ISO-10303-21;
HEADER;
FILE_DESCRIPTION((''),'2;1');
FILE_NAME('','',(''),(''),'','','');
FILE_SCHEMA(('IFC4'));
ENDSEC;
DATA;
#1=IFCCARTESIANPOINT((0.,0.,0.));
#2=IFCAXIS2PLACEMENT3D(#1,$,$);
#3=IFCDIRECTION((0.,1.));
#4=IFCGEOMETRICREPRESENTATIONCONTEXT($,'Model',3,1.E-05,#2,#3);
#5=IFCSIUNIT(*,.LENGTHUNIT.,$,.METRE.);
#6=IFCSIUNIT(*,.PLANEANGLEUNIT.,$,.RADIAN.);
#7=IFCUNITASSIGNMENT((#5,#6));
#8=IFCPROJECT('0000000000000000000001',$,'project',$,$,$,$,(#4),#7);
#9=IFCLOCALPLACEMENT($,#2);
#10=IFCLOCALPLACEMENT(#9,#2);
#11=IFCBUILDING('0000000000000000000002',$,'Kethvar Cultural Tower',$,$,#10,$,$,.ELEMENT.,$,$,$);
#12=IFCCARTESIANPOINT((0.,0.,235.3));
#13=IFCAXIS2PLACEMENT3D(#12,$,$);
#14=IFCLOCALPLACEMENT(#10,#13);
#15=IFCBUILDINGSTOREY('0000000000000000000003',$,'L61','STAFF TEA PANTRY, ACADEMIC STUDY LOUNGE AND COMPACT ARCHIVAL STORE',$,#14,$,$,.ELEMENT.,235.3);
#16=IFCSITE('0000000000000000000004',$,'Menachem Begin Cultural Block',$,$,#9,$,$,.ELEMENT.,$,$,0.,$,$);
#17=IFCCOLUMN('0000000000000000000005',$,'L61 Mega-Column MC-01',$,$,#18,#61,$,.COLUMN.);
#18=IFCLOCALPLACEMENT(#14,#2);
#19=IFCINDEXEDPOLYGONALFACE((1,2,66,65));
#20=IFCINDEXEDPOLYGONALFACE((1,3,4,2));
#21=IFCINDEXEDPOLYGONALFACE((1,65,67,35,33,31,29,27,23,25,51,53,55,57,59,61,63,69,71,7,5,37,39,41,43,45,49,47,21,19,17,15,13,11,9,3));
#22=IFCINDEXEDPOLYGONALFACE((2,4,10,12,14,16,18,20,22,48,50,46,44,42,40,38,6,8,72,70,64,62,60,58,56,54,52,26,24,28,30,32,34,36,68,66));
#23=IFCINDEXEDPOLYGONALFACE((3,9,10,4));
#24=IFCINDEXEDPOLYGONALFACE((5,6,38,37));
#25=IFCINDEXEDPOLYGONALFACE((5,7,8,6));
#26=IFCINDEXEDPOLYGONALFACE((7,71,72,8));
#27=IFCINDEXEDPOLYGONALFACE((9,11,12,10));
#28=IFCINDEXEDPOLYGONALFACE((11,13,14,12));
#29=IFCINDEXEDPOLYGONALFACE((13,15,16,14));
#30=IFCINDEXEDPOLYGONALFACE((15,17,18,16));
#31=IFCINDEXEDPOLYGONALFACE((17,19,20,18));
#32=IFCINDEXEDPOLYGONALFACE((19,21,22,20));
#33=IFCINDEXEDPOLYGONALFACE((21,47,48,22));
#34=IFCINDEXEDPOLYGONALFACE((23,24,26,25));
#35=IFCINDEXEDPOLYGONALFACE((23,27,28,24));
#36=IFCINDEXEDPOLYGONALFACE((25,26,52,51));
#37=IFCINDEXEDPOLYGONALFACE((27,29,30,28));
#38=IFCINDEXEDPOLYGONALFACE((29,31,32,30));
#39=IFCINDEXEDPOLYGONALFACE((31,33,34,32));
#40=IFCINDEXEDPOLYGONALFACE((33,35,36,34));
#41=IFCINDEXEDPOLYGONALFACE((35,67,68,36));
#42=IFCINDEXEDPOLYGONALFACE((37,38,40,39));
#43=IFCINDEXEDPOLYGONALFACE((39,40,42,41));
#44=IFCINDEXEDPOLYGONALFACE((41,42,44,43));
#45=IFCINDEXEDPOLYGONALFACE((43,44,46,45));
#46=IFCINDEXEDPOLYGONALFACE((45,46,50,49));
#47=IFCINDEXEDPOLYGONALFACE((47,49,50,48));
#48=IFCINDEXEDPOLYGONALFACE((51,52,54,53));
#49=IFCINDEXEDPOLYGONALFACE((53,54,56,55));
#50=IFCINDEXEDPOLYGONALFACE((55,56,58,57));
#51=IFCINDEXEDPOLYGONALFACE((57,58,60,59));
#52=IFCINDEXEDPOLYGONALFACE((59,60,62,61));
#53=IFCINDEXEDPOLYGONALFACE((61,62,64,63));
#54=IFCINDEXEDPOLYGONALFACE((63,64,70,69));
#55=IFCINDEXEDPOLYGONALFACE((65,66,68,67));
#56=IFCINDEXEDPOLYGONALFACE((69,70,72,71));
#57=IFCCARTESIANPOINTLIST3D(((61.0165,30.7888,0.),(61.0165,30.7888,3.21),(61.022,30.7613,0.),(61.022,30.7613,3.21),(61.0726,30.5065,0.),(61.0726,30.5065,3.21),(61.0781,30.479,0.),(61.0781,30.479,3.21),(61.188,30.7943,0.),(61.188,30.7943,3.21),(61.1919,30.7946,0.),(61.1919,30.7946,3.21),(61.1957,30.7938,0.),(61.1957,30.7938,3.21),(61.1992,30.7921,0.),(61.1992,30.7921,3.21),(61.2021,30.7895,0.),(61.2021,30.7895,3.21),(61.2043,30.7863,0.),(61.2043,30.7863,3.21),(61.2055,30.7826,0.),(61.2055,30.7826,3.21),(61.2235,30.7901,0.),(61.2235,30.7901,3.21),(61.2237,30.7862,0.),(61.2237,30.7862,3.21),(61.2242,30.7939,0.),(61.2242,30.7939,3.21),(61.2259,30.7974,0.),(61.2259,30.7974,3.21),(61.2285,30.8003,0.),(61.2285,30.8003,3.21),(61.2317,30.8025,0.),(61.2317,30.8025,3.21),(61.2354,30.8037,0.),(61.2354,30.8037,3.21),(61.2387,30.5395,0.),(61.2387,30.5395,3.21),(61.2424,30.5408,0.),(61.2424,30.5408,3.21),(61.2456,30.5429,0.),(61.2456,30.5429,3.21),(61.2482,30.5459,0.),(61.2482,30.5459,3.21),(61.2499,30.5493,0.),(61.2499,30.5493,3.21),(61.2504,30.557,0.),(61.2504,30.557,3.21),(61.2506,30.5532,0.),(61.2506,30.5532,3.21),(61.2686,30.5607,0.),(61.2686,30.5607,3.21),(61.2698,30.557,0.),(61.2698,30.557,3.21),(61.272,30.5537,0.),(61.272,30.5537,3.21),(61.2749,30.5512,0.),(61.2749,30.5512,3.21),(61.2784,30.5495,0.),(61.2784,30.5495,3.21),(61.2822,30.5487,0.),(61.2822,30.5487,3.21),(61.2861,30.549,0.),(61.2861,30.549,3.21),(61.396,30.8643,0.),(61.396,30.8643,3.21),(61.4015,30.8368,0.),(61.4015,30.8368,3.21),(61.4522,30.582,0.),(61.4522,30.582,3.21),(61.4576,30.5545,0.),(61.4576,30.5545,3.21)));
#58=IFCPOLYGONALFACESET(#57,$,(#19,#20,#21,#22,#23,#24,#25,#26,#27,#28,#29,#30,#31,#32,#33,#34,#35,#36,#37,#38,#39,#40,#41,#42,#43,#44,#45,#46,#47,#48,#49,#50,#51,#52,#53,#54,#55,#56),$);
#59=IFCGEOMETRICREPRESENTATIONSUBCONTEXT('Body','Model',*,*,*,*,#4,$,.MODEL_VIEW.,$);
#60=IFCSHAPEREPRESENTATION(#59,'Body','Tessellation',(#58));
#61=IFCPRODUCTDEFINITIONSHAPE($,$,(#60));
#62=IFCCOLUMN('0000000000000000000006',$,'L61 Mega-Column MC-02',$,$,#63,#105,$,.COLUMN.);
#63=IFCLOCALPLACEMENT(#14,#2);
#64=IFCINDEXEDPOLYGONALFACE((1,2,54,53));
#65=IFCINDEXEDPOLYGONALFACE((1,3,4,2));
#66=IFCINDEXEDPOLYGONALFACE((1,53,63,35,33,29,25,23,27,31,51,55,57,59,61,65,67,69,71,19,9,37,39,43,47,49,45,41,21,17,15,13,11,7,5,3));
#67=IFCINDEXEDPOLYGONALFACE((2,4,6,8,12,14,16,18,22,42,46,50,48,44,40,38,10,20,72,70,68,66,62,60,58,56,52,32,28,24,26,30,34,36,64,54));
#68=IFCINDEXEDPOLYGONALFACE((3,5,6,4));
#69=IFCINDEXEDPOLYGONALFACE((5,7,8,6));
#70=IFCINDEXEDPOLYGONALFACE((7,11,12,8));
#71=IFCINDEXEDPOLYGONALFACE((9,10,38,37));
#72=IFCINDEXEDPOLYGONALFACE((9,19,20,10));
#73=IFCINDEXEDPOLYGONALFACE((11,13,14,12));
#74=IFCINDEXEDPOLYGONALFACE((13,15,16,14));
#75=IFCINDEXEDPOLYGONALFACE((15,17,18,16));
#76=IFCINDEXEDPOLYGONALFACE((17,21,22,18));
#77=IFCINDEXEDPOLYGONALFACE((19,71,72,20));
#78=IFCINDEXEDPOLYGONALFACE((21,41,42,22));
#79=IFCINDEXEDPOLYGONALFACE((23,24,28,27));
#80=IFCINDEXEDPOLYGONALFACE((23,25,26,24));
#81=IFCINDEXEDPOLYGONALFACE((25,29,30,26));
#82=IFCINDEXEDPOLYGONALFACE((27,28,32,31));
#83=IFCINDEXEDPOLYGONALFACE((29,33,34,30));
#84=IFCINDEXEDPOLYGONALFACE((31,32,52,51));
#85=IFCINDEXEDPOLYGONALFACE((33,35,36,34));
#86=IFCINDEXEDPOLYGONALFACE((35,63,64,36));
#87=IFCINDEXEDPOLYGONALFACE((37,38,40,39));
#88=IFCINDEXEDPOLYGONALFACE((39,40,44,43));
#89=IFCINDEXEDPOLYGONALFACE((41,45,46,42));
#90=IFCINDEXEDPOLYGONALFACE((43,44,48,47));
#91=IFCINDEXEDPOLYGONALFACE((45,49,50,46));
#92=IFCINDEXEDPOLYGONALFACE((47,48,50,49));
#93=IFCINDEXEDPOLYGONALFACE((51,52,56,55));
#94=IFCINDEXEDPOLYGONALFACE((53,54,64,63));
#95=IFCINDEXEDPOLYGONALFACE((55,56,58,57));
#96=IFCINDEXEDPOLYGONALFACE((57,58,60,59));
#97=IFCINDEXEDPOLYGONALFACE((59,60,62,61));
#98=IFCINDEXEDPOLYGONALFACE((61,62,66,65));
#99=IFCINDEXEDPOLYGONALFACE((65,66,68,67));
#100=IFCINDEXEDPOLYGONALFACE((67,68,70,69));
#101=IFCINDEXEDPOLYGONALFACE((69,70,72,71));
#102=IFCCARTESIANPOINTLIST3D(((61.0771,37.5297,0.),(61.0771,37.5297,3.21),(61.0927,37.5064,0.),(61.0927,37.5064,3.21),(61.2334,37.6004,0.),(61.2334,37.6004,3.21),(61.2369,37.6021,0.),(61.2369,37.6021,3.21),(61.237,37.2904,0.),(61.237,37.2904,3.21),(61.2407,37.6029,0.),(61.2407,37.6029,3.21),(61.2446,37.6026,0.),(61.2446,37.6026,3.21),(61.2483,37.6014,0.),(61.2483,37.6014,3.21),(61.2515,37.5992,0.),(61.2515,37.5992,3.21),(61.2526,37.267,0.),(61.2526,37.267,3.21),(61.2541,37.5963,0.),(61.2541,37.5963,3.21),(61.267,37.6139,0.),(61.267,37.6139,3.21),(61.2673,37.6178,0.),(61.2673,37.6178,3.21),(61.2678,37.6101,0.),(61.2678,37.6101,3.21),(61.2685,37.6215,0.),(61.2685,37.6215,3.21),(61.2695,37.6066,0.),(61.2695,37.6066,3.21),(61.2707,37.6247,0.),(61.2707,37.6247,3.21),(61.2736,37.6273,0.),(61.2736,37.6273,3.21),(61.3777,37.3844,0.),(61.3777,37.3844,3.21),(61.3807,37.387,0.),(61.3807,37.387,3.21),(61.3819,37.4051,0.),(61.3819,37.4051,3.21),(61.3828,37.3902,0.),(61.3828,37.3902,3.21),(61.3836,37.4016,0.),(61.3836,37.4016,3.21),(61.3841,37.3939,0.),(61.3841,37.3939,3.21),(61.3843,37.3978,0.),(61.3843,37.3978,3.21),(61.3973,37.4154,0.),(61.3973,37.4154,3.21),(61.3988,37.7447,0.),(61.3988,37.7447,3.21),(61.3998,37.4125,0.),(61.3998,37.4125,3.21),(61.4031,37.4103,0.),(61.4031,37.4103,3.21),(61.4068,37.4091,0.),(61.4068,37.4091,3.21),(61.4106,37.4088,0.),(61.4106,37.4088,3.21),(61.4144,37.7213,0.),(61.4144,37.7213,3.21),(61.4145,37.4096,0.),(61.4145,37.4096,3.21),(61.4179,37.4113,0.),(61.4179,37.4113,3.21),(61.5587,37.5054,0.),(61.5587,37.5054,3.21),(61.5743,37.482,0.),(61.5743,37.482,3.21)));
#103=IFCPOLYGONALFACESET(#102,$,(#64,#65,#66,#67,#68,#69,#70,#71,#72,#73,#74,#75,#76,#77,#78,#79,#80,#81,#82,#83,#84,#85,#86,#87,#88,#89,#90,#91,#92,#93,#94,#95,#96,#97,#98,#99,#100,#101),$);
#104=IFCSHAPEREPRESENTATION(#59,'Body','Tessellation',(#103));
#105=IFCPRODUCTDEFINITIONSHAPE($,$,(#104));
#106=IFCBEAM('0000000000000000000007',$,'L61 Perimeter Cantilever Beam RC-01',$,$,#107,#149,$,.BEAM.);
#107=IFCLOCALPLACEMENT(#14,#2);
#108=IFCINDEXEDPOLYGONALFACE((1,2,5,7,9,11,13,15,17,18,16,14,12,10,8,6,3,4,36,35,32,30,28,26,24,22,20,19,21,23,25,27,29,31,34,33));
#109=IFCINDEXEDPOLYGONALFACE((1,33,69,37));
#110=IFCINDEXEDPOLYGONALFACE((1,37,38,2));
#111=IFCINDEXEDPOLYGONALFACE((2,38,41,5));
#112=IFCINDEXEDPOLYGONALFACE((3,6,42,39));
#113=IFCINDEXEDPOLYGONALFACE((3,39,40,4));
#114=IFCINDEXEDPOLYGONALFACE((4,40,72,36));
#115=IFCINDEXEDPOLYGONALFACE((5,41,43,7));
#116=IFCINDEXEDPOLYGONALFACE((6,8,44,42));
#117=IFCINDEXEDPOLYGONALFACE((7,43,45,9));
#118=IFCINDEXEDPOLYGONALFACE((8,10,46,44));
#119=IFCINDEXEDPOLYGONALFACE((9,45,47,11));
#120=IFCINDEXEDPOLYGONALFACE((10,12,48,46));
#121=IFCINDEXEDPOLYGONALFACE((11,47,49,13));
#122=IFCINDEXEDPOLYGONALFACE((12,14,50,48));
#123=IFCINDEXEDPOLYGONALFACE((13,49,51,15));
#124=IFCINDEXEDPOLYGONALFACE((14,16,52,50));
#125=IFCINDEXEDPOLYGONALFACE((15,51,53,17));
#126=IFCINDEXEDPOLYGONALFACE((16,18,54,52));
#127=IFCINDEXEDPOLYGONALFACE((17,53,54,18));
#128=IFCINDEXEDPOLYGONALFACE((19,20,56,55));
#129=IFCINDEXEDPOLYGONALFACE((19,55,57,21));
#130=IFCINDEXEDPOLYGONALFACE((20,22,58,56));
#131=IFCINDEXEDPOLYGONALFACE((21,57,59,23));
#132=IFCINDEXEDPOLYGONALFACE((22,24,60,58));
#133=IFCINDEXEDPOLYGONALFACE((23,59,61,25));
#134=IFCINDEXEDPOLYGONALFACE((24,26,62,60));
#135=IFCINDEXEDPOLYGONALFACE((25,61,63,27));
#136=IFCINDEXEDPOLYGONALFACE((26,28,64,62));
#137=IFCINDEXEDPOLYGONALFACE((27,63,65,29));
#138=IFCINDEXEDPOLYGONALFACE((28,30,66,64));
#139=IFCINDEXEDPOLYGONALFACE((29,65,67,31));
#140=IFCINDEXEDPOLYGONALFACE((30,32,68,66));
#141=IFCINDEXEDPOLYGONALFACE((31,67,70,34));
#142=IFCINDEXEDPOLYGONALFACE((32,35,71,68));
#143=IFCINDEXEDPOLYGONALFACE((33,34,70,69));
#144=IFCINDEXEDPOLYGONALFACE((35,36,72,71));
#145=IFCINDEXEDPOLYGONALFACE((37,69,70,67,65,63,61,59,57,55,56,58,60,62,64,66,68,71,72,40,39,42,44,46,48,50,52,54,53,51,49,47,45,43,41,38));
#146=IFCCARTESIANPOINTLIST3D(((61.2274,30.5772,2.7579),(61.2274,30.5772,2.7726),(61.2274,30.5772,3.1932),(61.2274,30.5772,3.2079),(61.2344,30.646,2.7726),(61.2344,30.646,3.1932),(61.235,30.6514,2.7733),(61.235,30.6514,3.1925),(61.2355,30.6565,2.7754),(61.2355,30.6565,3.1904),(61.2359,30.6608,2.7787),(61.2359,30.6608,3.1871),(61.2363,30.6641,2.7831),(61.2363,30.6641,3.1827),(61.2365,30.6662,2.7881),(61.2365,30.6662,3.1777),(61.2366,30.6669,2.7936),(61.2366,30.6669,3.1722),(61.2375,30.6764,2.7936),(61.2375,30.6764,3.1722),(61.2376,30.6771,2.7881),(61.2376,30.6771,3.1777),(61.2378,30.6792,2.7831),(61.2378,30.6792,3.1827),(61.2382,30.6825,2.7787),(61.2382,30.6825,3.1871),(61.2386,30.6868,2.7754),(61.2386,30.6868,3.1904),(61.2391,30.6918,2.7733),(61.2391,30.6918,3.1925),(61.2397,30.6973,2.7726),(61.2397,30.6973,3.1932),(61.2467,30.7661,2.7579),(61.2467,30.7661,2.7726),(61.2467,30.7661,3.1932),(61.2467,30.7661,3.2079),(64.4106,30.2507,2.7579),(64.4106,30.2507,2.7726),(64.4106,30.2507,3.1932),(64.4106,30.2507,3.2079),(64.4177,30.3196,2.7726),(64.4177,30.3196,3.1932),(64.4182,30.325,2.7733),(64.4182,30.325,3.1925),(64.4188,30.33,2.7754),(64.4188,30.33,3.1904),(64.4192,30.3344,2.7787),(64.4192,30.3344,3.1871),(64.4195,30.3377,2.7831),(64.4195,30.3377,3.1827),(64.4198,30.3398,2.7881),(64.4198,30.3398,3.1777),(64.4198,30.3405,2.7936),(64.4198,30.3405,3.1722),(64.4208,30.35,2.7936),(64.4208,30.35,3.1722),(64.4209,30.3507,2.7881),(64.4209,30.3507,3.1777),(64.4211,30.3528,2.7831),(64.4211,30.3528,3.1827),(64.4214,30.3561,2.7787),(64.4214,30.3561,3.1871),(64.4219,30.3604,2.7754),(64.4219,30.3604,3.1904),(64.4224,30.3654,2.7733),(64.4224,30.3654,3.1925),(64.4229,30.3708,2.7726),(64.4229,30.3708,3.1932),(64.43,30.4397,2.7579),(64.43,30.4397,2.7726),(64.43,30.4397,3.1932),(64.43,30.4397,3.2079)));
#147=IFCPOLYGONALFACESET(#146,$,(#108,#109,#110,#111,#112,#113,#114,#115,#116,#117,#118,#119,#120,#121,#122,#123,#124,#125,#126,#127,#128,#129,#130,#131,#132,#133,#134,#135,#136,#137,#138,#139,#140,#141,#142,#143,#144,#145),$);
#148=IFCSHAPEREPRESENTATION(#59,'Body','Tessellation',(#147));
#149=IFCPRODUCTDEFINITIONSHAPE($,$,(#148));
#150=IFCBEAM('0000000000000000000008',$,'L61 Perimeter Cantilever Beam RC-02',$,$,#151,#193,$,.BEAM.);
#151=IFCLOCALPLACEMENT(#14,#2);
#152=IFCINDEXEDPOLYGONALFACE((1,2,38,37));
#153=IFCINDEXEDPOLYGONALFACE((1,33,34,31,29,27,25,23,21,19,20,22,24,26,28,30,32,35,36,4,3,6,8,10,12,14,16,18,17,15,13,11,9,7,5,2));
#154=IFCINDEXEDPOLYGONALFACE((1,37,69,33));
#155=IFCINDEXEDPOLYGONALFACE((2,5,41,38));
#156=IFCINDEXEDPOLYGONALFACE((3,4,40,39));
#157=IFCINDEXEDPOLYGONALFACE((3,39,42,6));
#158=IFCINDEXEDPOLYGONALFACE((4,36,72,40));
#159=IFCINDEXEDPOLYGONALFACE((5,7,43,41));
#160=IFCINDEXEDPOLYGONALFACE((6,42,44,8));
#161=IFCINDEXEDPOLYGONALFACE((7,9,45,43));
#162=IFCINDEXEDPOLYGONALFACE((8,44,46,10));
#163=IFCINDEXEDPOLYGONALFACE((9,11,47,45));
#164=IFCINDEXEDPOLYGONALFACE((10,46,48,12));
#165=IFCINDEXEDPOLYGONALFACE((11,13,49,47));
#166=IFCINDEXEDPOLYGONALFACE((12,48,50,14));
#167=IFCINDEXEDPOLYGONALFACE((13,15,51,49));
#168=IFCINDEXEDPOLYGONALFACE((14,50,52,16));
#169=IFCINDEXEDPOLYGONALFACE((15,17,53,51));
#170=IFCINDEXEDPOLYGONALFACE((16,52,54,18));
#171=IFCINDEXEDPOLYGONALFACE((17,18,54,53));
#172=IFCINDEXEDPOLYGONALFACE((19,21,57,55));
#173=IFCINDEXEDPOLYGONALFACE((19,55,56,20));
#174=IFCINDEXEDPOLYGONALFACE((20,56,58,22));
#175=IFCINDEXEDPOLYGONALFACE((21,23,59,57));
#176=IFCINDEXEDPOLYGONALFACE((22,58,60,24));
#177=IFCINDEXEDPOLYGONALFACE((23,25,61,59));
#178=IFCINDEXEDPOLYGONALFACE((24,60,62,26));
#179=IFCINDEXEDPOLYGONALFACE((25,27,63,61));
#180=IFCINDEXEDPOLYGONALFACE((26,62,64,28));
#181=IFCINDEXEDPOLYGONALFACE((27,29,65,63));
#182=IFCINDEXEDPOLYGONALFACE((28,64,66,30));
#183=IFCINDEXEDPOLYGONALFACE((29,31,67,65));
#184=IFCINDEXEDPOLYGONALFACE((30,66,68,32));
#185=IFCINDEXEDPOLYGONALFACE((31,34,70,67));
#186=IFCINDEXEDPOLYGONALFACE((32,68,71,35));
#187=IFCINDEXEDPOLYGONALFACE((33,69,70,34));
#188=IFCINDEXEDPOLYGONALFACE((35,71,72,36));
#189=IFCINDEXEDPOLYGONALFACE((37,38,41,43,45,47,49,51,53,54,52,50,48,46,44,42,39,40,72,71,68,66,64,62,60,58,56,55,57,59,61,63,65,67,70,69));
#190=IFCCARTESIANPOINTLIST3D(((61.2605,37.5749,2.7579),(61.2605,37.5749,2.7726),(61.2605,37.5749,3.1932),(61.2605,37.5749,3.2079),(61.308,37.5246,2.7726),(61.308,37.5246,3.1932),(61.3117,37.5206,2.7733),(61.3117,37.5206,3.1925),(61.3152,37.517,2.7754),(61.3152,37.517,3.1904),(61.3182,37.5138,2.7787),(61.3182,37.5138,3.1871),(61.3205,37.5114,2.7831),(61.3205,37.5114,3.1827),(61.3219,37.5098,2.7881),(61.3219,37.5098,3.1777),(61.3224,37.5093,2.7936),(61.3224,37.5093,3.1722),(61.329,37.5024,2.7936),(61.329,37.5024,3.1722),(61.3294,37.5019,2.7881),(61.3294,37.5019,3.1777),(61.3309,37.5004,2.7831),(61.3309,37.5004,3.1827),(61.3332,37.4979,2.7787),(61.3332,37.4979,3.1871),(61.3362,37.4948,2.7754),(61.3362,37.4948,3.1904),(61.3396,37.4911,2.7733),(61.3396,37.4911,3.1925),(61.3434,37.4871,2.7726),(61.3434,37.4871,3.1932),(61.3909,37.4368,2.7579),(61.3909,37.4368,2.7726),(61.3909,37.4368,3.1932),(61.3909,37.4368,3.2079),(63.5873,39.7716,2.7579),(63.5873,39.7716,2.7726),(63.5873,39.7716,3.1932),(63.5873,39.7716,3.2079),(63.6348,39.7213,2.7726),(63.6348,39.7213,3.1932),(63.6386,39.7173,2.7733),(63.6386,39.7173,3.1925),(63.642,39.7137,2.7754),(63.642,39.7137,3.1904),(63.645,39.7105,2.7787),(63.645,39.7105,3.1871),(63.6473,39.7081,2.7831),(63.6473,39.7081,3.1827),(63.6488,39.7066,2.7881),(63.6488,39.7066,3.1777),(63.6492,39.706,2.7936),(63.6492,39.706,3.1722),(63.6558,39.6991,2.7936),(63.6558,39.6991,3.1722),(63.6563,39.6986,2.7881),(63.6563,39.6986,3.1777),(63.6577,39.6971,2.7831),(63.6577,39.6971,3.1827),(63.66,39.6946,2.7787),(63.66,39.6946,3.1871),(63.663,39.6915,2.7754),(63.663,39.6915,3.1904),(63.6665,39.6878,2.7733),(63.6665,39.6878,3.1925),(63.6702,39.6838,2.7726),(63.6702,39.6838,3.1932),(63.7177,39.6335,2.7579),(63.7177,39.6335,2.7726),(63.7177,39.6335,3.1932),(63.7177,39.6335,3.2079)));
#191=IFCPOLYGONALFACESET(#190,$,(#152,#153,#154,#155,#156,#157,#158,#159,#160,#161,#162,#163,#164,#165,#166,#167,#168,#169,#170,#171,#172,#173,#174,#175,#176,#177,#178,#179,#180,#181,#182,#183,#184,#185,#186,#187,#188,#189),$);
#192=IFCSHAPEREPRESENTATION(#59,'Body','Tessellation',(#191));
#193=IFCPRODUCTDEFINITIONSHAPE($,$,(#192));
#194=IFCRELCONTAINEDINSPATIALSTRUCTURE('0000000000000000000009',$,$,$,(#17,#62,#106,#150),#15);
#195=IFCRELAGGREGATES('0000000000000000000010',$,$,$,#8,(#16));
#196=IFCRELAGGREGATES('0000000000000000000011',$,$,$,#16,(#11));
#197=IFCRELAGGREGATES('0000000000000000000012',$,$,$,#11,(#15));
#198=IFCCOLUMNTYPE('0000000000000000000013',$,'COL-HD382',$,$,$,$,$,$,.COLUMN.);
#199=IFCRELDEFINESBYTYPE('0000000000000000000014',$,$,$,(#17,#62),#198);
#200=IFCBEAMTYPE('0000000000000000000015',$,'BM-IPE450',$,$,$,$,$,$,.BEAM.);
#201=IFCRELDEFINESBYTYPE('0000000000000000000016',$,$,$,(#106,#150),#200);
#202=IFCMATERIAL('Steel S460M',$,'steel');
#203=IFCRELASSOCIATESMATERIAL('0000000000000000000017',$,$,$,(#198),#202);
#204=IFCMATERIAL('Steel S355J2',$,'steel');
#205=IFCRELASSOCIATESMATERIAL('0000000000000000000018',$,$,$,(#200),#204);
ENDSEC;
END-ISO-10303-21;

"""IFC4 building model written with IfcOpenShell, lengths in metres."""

from ifc_helpers import new_model, si_unit, direction, frame, origin, origin_2d, place, context, subcontext, project, spatial, i_section, extrude, source, transform, mapped, material, material_profile, profile_set, type_object, element, save


model = new_model("IFC4")

# Units and contexts
model_context = context("Model", 3, precision=1e-05, world=origin(), true_north=direction((0.0, 1.0)))
body_context = subcontext(model_context, "Body", "Model", "MODEL_VIEW")
ifc_project = project(units=[si_unit("LENGTHUNIT", "METRE"), si_unit("PLANEANGLEUNIT", "RADIAN")], contexts=[model_context])

# Site, building, storey
site_placement = place(None, origin())
site = spatial("IfcSite", under=ifc_project, at=site_placement, Name="Menachem Begin Cultural Block", CompositionType="ELEMENT", RefElevation=0.0)
building_placement = place(site_placement, origin())
building = spatial("IfcBuilding", under=site, at=building_placement, Name="Kethvar Cultural Tower", CompositionType="ELEMENT")
storey_placement = place(building_placement, frame((0.0, 0.0, 235.3)))
storey = spatial("IfcBuildingStorey", under=building, at=storey_placement, Name="L61", Description="STAFF TEA PANTRY, ACADEMIC STUDY LOUNGE AND COMPACT ARCHIVAL STORE", CompositionType="ELEMENT", Elevation=235.3)

# Columns
ifc_material_1 = material(Name="Steel S460M", Category="steel")
ifc_material_profile_1 = material_profile(ifc_material_1, i_section(OverallWidth=0.387, OverallDepth=0.3159, WebThickness=0.0186, FlangeThickness=0.0281, FilletRadius=0.0149, at=origin_2d()), Name="Steel S460M — HD400x382")
ifc_profile_set_1 = profile_set([ifc_material_profile_1], Name="Steel S460M — HD400x382")
column_type = type_object("IfcColumnType", Name="COL-HD382", PredefinedType="COLUMN", material=ifc_profile_set_1)
shared_shape_1 = source(origin(), body_context, "Body", "SweptSolid", [
    extrude(i_section(OverallWidth=0.387, OverallDepth=0.3159, WebThickness=0.0186, FlangeThickness=0.0281, FilletRadius=0.0149, at=origin_2d()), origin(), (0.0, 0.0, 1.0), 3.21),
])
for number, where, z_axis, x_axis, name in (
    (1, (61.2371, 30.6716, 0.0), (0.0, 0.0, 1.0), (0.980785, 0.19509, 0.0), "L61 Mega-Column MC-01"),
    (2, (61.3257, 37.5059, 0.0), (0.0, 0.0, 1.0), (0.83147, 0.55557, 0.0), "L61 Mega-Column MC-02"),
):
    element("IfcColumn", number, at=place(storey_placement, frame(where, z_axis=z_axis, x_axis=x_axis)), inside=storey, type_object=column_type, Name=name, PredefinedType="COLUMN", context=body_context, shape_type="MappedRepresentation", body=[
        mapped(shared_shape_1, transform((0.0, 0.0, 0.0), scale=1.0)),
    ])

# Beams
ifc_material_2 = material(Name="Steel S355J2", Category="steel")
ifc_material_profile_2 = material_profile(ifc_material_2, i_section(OverallWidth=0.1899, OverallDepth=0.45, WebThickness=0.0095, FlangeThickness=0.0146, FilletRadius=0.021, at=origin_2d()), Name="Steel S355J2 — IPE450")
ifc_profile_set_2 = profile_set([ifc_material_profile_2], Name="Steel S355J2 — IPE450")
beam_type_1 = type_object("IfcBeamType", Name="BM-IPE450", PredefinedType="BEAM", material=ifc_profile_set_2)
shared_shape_2 = source(origin(), body_context, "Body", "SweptSolid", [
    extrude(i_section(OverallWidth=0.1899, OverallDepth=0.45, WebThickness=0.0095, FlangeThickness=0.0146, FilletRadius=0.021, at=origin_2d()), origin(), (0.0, 0.0, 1.0), 3.2),
])
for number, where, z_axis, x_axis, name in (
    (3, (61.2371, 30.6716, 2.9829), (0.994784, -0.102004, 0.0), (0.102004, 0.994784, 0.0), "L61 Perimeter Cantilever Beam RC-01"),
    (4, (61.3257, 37.5059, 2.9829), (0.727146, 0.686482, 0.0), (-0.686482, 0.727146, 0.0), "L61 Perimeter Cantilever Beam RC-02"),
):
    element("IfcBeam", number, at=place(storey_placement, frame(where, z_axis=z_axis, x_axis=x_axis)), inside=storey, type_object=beam_type_1, Name=name, PredefinedType="BEAM", context=body_context, shape_type="MappedRepresentation", body=[
        mapped(shared_shape_2, transform((0.0, 0.0, 0.0), scale=1.0)),
    ])

save(model, "model.ifc")
